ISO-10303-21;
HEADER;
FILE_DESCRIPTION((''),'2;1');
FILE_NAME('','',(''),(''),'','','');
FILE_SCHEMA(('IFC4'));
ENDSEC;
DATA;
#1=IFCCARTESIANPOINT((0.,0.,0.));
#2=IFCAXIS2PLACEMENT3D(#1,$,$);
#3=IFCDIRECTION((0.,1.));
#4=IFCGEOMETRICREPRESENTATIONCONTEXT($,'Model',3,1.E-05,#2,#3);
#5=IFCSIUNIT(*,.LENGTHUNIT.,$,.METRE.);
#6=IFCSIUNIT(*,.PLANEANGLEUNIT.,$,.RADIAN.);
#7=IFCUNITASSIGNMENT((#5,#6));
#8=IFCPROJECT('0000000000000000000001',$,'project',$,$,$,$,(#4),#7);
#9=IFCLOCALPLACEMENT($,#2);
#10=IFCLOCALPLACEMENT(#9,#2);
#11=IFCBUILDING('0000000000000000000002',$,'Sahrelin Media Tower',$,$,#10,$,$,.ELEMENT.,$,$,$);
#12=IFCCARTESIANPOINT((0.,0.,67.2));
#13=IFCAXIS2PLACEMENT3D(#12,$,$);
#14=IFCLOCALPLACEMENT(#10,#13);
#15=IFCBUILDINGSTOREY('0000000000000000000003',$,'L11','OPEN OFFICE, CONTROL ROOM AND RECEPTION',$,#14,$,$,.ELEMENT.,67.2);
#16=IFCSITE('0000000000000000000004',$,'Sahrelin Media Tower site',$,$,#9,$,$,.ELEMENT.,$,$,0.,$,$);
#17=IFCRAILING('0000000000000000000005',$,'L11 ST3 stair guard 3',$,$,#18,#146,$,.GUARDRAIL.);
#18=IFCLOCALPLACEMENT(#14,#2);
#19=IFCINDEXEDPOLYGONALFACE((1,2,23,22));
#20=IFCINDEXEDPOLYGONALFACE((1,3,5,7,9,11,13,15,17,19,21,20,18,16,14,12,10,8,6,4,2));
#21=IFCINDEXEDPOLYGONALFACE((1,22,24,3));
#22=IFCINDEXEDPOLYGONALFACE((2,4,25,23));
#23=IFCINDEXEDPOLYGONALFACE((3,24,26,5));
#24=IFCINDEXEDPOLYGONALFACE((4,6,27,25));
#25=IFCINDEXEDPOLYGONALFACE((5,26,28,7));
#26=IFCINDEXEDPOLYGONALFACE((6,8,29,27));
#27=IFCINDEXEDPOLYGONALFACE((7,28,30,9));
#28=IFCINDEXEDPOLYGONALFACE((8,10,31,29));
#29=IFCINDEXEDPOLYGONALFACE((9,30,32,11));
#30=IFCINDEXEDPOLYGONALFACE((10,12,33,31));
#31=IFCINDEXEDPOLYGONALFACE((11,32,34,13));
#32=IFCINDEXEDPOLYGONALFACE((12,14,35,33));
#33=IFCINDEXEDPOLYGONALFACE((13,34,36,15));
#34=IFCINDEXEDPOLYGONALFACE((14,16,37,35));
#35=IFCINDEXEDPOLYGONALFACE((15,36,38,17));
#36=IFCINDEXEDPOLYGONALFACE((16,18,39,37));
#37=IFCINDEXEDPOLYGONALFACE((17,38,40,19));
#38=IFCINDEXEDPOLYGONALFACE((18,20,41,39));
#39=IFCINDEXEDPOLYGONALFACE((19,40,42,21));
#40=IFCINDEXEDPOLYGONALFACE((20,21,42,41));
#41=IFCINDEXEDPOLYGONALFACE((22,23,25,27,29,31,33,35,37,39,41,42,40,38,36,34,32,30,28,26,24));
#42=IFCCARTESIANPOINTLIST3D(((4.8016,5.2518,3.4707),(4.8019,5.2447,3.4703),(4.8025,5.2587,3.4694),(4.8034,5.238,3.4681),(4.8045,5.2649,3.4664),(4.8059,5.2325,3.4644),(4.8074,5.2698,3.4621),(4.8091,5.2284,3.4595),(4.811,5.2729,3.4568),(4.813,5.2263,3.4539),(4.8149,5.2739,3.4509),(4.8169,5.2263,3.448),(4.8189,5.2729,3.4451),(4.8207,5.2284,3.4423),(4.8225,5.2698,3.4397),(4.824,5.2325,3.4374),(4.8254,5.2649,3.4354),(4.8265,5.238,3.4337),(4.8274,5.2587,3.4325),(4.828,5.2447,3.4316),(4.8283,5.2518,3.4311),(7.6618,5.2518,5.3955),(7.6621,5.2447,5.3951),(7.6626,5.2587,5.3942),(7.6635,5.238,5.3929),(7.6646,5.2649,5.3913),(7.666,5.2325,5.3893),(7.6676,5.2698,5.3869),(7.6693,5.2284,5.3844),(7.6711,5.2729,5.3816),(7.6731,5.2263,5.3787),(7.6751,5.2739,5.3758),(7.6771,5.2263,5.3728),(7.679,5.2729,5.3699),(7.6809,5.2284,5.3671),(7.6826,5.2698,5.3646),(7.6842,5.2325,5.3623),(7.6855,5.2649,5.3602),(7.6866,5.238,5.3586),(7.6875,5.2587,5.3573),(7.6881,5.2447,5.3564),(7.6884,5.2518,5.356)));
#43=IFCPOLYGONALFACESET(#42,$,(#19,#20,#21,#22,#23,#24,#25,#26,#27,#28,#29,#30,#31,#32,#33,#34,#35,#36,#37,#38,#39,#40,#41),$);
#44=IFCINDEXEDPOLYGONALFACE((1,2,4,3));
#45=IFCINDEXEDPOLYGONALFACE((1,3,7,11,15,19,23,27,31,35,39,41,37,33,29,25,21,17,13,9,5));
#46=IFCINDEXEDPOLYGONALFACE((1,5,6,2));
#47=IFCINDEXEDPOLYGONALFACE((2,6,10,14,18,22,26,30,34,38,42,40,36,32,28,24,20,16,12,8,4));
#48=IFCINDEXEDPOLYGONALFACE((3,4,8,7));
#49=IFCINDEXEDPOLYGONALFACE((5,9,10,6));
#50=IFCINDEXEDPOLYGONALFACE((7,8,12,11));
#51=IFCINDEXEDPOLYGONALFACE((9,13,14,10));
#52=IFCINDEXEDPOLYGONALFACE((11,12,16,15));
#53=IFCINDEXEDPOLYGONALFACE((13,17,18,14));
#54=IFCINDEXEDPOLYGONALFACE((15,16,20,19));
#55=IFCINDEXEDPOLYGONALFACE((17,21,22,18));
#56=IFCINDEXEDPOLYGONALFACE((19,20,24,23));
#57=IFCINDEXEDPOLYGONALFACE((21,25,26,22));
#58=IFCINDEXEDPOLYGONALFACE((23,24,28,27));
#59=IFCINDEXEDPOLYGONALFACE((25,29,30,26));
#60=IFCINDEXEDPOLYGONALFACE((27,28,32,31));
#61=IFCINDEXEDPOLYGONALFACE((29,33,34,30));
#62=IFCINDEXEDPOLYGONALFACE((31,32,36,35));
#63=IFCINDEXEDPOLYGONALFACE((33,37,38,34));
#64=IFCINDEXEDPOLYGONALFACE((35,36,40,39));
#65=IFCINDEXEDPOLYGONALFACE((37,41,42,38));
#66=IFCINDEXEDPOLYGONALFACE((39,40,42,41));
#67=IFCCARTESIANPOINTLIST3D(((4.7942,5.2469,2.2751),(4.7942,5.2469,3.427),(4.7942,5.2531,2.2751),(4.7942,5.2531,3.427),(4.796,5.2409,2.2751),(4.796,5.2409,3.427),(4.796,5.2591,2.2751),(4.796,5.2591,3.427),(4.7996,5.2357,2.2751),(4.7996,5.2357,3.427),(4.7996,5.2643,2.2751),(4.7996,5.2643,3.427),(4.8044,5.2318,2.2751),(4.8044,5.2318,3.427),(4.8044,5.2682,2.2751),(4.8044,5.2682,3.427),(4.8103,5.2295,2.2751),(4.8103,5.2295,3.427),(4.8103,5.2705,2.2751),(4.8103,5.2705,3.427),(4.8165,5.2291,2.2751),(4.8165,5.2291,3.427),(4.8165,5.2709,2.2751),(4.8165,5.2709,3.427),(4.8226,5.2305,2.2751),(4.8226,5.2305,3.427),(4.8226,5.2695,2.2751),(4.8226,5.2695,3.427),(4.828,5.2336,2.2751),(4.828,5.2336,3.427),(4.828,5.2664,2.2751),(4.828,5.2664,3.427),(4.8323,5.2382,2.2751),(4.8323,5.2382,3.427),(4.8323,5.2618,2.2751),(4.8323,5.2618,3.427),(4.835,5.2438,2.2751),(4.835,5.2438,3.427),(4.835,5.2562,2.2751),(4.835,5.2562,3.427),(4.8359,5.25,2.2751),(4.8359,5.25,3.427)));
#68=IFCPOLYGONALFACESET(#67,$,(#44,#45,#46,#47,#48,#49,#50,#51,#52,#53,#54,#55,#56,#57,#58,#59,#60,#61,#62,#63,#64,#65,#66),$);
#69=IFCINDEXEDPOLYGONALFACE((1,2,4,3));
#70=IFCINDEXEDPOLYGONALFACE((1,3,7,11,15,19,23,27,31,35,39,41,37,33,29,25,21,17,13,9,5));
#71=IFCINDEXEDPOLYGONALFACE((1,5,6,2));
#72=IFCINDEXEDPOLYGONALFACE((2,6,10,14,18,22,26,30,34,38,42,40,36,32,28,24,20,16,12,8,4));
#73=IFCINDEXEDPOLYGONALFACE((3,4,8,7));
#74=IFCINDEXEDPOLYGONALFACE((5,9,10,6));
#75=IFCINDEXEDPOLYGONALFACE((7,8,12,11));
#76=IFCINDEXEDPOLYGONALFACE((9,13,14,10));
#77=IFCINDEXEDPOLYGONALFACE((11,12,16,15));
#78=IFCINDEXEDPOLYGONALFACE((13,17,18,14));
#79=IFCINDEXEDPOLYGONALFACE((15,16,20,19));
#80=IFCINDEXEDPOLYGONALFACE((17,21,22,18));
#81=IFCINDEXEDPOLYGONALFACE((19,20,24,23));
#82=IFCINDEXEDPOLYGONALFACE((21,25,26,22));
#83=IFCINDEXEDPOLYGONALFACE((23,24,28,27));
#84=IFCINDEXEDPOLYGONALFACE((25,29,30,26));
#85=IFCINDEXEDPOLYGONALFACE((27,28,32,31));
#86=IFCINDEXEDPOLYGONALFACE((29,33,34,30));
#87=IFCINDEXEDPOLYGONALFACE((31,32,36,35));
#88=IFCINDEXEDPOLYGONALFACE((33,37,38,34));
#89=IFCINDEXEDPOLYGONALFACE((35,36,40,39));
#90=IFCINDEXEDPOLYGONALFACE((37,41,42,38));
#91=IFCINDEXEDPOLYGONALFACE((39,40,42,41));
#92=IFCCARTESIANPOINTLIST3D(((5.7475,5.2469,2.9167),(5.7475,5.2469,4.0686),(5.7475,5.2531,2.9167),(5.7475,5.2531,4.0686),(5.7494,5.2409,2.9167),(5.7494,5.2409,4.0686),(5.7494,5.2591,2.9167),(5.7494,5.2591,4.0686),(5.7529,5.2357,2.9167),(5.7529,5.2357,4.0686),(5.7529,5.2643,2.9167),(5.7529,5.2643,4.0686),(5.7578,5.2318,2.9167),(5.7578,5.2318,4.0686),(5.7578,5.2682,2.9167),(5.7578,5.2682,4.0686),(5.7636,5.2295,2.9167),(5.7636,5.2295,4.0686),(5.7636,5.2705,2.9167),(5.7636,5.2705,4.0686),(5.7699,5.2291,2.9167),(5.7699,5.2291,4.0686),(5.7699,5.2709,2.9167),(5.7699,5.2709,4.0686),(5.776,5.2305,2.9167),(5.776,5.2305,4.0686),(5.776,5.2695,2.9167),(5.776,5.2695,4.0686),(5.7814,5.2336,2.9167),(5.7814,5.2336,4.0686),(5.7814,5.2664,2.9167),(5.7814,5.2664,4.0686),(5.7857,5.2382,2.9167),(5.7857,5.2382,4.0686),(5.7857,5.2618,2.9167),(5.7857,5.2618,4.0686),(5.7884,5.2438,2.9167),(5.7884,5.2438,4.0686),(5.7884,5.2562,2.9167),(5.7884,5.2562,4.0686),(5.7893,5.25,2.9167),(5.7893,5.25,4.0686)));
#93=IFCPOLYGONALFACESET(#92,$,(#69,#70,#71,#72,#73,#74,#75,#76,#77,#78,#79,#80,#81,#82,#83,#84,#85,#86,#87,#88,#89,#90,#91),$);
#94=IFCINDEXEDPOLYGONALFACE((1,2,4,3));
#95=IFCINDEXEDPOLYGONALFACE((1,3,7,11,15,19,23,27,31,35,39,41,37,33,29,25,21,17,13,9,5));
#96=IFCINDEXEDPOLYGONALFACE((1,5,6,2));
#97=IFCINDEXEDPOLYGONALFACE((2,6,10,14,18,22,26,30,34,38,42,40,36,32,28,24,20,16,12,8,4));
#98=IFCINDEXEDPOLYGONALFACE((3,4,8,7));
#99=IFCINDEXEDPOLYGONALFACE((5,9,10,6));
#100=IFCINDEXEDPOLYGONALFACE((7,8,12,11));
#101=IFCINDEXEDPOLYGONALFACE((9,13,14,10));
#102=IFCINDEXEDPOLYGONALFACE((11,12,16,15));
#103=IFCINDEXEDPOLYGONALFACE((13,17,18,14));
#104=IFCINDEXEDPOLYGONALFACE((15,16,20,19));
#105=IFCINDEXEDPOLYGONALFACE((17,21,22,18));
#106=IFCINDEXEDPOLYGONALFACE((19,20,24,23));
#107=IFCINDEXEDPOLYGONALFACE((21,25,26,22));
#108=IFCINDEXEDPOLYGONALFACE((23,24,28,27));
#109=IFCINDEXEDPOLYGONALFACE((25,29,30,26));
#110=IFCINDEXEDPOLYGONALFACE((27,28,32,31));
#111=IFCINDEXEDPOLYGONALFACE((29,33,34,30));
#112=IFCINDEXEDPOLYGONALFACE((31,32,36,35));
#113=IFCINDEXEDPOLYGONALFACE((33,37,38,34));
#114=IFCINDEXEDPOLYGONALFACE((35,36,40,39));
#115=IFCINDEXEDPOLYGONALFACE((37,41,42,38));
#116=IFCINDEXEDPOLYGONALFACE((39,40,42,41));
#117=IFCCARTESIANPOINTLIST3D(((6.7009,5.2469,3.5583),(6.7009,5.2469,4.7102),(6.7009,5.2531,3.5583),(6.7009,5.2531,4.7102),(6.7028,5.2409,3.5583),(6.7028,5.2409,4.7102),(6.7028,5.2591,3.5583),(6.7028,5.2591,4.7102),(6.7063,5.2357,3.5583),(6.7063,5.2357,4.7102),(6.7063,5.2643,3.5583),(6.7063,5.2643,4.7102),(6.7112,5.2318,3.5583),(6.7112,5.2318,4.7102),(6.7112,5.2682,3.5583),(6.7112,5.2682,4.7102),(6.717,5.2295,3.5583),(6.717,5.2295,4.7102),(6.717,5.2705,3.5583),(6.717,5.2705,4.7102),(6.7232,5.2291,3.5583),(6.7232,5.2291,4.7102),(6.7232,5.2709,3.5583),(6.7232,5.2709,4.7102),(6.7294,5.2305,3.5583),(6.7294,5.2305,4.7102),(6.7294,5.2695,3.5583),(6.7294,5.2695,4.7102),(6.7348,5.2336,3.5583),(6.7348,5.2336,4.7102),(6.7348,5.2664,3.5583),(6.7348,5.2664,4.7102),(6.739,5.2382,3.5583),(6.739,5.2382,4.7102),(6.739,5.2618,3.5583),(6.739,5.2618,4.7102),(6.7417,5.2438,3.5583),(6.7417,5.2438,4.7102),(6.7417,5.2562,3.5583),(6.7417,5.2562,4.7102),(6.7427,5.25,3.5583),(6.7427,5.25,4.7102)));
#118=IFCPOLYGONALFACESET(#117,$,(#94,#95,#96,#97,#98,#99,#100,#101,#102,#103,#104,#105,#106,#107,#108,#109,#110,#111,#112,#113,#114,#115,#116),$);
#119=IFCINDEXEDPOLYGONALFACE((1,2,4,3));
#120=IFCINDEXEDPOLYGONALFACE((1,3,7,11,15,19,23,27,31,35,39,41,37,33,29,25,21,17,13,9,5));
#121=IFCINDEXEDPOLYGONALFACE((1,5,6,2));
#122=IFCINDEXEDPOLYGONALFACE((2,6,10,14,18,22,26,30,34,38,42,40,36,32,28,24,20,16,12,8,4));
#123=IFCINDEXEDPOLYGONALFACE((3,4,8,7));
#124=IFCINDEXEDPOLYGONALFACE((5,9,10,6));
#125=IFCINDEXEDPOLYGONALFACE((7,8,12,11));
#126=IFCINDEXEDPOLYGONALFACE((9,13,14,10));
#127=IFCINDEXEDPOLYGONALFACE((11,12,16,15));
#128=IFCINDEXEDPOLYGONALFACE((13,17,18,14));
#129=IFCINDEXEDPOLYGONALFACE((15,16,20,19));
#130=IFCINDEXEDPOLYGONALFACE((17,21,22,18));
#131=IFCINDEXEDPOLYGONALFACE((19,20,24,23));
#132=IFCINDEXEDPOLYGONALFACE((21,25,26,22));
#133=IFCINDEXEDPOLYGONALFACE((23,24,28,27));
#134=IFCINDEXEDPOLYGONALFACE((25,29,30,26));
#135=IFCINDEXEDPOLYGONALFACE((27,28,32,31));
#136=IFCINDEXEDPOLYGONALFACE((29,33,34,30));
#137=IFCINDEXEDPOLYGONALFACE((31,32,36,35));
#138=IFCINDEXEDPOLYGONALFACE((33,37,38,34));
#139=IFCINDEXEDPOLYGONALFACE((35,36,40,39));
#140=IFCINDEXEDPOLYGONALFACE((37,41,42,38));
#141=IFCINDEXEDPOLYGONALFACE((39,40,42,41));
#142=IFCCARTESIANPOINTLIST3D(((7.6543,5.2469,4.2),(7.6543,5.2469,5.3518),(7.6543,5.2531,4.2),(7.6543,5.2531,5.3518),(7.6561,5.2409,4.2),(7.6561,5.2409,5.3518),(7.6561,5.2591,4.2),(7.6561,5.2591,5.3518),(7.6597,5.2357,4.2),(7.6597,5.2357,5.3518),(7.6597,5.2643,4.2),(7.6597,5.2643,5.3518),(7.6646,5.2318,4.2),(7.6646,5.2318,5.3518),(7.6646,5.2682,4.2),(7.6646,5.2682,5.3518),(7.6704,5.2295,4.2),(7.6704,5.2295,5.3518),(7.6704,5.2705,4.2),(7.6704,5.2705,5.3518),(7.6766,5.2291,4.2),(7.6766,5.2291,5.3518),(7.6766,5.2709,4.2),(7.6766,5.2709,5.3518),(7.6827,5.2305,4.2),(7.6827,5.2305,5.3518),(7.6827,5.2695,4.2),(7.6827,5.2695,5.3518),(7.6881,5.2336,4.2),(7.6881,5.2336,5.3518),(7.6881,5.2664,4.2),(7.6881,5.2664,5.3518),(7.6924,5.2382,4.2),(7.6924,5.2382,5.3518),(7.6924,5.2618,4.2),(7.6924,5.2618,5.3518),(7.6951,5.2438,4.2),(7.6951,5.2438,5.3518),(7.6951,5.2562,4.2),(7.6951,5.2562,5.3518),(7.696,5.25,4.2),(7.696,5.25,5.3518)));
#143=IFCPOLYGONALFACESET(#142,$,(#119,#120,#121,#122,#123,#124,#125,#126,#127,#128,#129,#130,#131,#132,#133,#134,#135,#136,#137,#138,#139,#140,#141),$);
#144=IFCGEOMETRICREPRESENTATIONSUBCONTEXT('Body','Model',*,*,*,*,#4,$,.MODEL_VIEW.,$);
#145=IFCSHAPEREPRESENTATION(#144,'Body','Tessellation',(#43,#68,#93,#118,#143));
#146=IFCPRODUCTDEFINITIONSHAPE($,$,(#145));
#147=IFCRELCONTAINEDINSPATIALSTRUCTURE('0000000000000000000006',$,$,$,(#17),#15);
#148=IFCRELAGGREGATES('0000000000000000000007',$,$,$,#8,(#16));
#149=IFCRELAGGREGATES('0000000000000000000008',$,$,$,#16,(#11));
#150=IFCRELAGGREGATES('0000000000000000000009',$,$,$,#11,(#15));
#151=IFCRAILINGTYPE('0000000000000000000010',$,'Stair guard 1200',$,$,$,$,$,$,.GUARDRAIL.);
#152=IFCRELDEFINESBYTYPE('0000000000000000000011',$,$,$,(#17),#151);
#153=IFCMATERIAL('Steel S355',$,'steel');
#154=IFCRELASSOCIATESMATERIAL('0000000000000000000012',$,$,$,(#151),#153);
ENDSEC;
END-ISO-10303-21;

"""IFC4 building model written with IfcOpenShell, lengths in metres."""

from ifc_helpers import new_model, si_unit, direction, frame, origin, origin_2d, place, context, subcontext, project, spatial, circle, extrude, material, type_object, element, save


model = new_model("IFC4")

# Units and contexts
model_context = context("Model", 3, precision=1e-05, world=origin(), true_north=direction((0.0, 1.0)))
body_context = subcontext(model_context, "Body", "Model", "MODEL_VIEW")
ifc_project = project(units=[si_unit("LENGTHUNIT", "METRE"), si_unit("PLANEANGLEUNIT", "RADIAN")], contexts=[model_context])

# Site, building, storey
site_placement = place(None, origin())
site = spatial("IfcSite", under=ifc_project, at=site_placement, Name="Sahrelin Media Tower site", CompositionType="ELEMENT", RefElevation=0.0)
building_placement = place(site_placement, origin())
building = spatial("IfcBuilding", under=site, at=building_placement, Name="Sahrelin Media Tower", CompositionType="ELEMENT")
storey_placement = place(building_placement, frame((0.0, 0.0, 67.2)))
storey = spatial("IfcBuildingStorey", under=building, at=storey_placement, Name="L11", Description="OPEN OFFICE, CONTROL ROOM AND RECEPTION", CompositionType="ELEMENT", Elevation=67.2)

# Railing
ifc_material_1 = material(Name="Steel S355", Category="steel")
railing_type_1 = type_object("IfcRailingType", Name="Stair guard 1200", PredefinedType="GUARDRAIL", material=ifc_material_1)
railing_1_placement = place(storey_placement, frame((4.8149, 5.25, 2.2751)))
element("IfcRailing", 1, at=railing_1_placement, inside=storey, type_object=railing_type_1, Name="L11 ST3 stair guard 3", PredefinedType="GUARDRAIL", context=body_context, shape_type="SweptSolid", body=[
    extrude(circle(Radius=0.0239, at=origin_2d()), frame((0.0, 0.0, 1.1758), z_axis=(0.829624, 0.0, 0.558323), x_axis=(0.0, 1.0, 0.0)), (0.0, 0.0, 1.0), 3.4475),
    extrude(circle(Radius=0.021, at=origin_2d()), origin(), (0.0, 0.0, 1.0), 1.1519),
    extrude(circle(Radius=0.021, at=origin_2d()), frame((0.9534, 0.0, 0.6416)), (0.0, 0.0, 1.0), 1.1519),
    extrude(circle(Radius=0.021, at=origin_2d()), frame((1.9067, 0.0, 1.2832)), (0.0, 0.0, 1.0), 1.1519),
    extrude(circle(Radius=0.021, at=origin_2d()), frame((2.8601, 0.0, 1.9248)), (0.0, 0.0, 1.0), 1.1519),
])

save(model, "model.ifc")
